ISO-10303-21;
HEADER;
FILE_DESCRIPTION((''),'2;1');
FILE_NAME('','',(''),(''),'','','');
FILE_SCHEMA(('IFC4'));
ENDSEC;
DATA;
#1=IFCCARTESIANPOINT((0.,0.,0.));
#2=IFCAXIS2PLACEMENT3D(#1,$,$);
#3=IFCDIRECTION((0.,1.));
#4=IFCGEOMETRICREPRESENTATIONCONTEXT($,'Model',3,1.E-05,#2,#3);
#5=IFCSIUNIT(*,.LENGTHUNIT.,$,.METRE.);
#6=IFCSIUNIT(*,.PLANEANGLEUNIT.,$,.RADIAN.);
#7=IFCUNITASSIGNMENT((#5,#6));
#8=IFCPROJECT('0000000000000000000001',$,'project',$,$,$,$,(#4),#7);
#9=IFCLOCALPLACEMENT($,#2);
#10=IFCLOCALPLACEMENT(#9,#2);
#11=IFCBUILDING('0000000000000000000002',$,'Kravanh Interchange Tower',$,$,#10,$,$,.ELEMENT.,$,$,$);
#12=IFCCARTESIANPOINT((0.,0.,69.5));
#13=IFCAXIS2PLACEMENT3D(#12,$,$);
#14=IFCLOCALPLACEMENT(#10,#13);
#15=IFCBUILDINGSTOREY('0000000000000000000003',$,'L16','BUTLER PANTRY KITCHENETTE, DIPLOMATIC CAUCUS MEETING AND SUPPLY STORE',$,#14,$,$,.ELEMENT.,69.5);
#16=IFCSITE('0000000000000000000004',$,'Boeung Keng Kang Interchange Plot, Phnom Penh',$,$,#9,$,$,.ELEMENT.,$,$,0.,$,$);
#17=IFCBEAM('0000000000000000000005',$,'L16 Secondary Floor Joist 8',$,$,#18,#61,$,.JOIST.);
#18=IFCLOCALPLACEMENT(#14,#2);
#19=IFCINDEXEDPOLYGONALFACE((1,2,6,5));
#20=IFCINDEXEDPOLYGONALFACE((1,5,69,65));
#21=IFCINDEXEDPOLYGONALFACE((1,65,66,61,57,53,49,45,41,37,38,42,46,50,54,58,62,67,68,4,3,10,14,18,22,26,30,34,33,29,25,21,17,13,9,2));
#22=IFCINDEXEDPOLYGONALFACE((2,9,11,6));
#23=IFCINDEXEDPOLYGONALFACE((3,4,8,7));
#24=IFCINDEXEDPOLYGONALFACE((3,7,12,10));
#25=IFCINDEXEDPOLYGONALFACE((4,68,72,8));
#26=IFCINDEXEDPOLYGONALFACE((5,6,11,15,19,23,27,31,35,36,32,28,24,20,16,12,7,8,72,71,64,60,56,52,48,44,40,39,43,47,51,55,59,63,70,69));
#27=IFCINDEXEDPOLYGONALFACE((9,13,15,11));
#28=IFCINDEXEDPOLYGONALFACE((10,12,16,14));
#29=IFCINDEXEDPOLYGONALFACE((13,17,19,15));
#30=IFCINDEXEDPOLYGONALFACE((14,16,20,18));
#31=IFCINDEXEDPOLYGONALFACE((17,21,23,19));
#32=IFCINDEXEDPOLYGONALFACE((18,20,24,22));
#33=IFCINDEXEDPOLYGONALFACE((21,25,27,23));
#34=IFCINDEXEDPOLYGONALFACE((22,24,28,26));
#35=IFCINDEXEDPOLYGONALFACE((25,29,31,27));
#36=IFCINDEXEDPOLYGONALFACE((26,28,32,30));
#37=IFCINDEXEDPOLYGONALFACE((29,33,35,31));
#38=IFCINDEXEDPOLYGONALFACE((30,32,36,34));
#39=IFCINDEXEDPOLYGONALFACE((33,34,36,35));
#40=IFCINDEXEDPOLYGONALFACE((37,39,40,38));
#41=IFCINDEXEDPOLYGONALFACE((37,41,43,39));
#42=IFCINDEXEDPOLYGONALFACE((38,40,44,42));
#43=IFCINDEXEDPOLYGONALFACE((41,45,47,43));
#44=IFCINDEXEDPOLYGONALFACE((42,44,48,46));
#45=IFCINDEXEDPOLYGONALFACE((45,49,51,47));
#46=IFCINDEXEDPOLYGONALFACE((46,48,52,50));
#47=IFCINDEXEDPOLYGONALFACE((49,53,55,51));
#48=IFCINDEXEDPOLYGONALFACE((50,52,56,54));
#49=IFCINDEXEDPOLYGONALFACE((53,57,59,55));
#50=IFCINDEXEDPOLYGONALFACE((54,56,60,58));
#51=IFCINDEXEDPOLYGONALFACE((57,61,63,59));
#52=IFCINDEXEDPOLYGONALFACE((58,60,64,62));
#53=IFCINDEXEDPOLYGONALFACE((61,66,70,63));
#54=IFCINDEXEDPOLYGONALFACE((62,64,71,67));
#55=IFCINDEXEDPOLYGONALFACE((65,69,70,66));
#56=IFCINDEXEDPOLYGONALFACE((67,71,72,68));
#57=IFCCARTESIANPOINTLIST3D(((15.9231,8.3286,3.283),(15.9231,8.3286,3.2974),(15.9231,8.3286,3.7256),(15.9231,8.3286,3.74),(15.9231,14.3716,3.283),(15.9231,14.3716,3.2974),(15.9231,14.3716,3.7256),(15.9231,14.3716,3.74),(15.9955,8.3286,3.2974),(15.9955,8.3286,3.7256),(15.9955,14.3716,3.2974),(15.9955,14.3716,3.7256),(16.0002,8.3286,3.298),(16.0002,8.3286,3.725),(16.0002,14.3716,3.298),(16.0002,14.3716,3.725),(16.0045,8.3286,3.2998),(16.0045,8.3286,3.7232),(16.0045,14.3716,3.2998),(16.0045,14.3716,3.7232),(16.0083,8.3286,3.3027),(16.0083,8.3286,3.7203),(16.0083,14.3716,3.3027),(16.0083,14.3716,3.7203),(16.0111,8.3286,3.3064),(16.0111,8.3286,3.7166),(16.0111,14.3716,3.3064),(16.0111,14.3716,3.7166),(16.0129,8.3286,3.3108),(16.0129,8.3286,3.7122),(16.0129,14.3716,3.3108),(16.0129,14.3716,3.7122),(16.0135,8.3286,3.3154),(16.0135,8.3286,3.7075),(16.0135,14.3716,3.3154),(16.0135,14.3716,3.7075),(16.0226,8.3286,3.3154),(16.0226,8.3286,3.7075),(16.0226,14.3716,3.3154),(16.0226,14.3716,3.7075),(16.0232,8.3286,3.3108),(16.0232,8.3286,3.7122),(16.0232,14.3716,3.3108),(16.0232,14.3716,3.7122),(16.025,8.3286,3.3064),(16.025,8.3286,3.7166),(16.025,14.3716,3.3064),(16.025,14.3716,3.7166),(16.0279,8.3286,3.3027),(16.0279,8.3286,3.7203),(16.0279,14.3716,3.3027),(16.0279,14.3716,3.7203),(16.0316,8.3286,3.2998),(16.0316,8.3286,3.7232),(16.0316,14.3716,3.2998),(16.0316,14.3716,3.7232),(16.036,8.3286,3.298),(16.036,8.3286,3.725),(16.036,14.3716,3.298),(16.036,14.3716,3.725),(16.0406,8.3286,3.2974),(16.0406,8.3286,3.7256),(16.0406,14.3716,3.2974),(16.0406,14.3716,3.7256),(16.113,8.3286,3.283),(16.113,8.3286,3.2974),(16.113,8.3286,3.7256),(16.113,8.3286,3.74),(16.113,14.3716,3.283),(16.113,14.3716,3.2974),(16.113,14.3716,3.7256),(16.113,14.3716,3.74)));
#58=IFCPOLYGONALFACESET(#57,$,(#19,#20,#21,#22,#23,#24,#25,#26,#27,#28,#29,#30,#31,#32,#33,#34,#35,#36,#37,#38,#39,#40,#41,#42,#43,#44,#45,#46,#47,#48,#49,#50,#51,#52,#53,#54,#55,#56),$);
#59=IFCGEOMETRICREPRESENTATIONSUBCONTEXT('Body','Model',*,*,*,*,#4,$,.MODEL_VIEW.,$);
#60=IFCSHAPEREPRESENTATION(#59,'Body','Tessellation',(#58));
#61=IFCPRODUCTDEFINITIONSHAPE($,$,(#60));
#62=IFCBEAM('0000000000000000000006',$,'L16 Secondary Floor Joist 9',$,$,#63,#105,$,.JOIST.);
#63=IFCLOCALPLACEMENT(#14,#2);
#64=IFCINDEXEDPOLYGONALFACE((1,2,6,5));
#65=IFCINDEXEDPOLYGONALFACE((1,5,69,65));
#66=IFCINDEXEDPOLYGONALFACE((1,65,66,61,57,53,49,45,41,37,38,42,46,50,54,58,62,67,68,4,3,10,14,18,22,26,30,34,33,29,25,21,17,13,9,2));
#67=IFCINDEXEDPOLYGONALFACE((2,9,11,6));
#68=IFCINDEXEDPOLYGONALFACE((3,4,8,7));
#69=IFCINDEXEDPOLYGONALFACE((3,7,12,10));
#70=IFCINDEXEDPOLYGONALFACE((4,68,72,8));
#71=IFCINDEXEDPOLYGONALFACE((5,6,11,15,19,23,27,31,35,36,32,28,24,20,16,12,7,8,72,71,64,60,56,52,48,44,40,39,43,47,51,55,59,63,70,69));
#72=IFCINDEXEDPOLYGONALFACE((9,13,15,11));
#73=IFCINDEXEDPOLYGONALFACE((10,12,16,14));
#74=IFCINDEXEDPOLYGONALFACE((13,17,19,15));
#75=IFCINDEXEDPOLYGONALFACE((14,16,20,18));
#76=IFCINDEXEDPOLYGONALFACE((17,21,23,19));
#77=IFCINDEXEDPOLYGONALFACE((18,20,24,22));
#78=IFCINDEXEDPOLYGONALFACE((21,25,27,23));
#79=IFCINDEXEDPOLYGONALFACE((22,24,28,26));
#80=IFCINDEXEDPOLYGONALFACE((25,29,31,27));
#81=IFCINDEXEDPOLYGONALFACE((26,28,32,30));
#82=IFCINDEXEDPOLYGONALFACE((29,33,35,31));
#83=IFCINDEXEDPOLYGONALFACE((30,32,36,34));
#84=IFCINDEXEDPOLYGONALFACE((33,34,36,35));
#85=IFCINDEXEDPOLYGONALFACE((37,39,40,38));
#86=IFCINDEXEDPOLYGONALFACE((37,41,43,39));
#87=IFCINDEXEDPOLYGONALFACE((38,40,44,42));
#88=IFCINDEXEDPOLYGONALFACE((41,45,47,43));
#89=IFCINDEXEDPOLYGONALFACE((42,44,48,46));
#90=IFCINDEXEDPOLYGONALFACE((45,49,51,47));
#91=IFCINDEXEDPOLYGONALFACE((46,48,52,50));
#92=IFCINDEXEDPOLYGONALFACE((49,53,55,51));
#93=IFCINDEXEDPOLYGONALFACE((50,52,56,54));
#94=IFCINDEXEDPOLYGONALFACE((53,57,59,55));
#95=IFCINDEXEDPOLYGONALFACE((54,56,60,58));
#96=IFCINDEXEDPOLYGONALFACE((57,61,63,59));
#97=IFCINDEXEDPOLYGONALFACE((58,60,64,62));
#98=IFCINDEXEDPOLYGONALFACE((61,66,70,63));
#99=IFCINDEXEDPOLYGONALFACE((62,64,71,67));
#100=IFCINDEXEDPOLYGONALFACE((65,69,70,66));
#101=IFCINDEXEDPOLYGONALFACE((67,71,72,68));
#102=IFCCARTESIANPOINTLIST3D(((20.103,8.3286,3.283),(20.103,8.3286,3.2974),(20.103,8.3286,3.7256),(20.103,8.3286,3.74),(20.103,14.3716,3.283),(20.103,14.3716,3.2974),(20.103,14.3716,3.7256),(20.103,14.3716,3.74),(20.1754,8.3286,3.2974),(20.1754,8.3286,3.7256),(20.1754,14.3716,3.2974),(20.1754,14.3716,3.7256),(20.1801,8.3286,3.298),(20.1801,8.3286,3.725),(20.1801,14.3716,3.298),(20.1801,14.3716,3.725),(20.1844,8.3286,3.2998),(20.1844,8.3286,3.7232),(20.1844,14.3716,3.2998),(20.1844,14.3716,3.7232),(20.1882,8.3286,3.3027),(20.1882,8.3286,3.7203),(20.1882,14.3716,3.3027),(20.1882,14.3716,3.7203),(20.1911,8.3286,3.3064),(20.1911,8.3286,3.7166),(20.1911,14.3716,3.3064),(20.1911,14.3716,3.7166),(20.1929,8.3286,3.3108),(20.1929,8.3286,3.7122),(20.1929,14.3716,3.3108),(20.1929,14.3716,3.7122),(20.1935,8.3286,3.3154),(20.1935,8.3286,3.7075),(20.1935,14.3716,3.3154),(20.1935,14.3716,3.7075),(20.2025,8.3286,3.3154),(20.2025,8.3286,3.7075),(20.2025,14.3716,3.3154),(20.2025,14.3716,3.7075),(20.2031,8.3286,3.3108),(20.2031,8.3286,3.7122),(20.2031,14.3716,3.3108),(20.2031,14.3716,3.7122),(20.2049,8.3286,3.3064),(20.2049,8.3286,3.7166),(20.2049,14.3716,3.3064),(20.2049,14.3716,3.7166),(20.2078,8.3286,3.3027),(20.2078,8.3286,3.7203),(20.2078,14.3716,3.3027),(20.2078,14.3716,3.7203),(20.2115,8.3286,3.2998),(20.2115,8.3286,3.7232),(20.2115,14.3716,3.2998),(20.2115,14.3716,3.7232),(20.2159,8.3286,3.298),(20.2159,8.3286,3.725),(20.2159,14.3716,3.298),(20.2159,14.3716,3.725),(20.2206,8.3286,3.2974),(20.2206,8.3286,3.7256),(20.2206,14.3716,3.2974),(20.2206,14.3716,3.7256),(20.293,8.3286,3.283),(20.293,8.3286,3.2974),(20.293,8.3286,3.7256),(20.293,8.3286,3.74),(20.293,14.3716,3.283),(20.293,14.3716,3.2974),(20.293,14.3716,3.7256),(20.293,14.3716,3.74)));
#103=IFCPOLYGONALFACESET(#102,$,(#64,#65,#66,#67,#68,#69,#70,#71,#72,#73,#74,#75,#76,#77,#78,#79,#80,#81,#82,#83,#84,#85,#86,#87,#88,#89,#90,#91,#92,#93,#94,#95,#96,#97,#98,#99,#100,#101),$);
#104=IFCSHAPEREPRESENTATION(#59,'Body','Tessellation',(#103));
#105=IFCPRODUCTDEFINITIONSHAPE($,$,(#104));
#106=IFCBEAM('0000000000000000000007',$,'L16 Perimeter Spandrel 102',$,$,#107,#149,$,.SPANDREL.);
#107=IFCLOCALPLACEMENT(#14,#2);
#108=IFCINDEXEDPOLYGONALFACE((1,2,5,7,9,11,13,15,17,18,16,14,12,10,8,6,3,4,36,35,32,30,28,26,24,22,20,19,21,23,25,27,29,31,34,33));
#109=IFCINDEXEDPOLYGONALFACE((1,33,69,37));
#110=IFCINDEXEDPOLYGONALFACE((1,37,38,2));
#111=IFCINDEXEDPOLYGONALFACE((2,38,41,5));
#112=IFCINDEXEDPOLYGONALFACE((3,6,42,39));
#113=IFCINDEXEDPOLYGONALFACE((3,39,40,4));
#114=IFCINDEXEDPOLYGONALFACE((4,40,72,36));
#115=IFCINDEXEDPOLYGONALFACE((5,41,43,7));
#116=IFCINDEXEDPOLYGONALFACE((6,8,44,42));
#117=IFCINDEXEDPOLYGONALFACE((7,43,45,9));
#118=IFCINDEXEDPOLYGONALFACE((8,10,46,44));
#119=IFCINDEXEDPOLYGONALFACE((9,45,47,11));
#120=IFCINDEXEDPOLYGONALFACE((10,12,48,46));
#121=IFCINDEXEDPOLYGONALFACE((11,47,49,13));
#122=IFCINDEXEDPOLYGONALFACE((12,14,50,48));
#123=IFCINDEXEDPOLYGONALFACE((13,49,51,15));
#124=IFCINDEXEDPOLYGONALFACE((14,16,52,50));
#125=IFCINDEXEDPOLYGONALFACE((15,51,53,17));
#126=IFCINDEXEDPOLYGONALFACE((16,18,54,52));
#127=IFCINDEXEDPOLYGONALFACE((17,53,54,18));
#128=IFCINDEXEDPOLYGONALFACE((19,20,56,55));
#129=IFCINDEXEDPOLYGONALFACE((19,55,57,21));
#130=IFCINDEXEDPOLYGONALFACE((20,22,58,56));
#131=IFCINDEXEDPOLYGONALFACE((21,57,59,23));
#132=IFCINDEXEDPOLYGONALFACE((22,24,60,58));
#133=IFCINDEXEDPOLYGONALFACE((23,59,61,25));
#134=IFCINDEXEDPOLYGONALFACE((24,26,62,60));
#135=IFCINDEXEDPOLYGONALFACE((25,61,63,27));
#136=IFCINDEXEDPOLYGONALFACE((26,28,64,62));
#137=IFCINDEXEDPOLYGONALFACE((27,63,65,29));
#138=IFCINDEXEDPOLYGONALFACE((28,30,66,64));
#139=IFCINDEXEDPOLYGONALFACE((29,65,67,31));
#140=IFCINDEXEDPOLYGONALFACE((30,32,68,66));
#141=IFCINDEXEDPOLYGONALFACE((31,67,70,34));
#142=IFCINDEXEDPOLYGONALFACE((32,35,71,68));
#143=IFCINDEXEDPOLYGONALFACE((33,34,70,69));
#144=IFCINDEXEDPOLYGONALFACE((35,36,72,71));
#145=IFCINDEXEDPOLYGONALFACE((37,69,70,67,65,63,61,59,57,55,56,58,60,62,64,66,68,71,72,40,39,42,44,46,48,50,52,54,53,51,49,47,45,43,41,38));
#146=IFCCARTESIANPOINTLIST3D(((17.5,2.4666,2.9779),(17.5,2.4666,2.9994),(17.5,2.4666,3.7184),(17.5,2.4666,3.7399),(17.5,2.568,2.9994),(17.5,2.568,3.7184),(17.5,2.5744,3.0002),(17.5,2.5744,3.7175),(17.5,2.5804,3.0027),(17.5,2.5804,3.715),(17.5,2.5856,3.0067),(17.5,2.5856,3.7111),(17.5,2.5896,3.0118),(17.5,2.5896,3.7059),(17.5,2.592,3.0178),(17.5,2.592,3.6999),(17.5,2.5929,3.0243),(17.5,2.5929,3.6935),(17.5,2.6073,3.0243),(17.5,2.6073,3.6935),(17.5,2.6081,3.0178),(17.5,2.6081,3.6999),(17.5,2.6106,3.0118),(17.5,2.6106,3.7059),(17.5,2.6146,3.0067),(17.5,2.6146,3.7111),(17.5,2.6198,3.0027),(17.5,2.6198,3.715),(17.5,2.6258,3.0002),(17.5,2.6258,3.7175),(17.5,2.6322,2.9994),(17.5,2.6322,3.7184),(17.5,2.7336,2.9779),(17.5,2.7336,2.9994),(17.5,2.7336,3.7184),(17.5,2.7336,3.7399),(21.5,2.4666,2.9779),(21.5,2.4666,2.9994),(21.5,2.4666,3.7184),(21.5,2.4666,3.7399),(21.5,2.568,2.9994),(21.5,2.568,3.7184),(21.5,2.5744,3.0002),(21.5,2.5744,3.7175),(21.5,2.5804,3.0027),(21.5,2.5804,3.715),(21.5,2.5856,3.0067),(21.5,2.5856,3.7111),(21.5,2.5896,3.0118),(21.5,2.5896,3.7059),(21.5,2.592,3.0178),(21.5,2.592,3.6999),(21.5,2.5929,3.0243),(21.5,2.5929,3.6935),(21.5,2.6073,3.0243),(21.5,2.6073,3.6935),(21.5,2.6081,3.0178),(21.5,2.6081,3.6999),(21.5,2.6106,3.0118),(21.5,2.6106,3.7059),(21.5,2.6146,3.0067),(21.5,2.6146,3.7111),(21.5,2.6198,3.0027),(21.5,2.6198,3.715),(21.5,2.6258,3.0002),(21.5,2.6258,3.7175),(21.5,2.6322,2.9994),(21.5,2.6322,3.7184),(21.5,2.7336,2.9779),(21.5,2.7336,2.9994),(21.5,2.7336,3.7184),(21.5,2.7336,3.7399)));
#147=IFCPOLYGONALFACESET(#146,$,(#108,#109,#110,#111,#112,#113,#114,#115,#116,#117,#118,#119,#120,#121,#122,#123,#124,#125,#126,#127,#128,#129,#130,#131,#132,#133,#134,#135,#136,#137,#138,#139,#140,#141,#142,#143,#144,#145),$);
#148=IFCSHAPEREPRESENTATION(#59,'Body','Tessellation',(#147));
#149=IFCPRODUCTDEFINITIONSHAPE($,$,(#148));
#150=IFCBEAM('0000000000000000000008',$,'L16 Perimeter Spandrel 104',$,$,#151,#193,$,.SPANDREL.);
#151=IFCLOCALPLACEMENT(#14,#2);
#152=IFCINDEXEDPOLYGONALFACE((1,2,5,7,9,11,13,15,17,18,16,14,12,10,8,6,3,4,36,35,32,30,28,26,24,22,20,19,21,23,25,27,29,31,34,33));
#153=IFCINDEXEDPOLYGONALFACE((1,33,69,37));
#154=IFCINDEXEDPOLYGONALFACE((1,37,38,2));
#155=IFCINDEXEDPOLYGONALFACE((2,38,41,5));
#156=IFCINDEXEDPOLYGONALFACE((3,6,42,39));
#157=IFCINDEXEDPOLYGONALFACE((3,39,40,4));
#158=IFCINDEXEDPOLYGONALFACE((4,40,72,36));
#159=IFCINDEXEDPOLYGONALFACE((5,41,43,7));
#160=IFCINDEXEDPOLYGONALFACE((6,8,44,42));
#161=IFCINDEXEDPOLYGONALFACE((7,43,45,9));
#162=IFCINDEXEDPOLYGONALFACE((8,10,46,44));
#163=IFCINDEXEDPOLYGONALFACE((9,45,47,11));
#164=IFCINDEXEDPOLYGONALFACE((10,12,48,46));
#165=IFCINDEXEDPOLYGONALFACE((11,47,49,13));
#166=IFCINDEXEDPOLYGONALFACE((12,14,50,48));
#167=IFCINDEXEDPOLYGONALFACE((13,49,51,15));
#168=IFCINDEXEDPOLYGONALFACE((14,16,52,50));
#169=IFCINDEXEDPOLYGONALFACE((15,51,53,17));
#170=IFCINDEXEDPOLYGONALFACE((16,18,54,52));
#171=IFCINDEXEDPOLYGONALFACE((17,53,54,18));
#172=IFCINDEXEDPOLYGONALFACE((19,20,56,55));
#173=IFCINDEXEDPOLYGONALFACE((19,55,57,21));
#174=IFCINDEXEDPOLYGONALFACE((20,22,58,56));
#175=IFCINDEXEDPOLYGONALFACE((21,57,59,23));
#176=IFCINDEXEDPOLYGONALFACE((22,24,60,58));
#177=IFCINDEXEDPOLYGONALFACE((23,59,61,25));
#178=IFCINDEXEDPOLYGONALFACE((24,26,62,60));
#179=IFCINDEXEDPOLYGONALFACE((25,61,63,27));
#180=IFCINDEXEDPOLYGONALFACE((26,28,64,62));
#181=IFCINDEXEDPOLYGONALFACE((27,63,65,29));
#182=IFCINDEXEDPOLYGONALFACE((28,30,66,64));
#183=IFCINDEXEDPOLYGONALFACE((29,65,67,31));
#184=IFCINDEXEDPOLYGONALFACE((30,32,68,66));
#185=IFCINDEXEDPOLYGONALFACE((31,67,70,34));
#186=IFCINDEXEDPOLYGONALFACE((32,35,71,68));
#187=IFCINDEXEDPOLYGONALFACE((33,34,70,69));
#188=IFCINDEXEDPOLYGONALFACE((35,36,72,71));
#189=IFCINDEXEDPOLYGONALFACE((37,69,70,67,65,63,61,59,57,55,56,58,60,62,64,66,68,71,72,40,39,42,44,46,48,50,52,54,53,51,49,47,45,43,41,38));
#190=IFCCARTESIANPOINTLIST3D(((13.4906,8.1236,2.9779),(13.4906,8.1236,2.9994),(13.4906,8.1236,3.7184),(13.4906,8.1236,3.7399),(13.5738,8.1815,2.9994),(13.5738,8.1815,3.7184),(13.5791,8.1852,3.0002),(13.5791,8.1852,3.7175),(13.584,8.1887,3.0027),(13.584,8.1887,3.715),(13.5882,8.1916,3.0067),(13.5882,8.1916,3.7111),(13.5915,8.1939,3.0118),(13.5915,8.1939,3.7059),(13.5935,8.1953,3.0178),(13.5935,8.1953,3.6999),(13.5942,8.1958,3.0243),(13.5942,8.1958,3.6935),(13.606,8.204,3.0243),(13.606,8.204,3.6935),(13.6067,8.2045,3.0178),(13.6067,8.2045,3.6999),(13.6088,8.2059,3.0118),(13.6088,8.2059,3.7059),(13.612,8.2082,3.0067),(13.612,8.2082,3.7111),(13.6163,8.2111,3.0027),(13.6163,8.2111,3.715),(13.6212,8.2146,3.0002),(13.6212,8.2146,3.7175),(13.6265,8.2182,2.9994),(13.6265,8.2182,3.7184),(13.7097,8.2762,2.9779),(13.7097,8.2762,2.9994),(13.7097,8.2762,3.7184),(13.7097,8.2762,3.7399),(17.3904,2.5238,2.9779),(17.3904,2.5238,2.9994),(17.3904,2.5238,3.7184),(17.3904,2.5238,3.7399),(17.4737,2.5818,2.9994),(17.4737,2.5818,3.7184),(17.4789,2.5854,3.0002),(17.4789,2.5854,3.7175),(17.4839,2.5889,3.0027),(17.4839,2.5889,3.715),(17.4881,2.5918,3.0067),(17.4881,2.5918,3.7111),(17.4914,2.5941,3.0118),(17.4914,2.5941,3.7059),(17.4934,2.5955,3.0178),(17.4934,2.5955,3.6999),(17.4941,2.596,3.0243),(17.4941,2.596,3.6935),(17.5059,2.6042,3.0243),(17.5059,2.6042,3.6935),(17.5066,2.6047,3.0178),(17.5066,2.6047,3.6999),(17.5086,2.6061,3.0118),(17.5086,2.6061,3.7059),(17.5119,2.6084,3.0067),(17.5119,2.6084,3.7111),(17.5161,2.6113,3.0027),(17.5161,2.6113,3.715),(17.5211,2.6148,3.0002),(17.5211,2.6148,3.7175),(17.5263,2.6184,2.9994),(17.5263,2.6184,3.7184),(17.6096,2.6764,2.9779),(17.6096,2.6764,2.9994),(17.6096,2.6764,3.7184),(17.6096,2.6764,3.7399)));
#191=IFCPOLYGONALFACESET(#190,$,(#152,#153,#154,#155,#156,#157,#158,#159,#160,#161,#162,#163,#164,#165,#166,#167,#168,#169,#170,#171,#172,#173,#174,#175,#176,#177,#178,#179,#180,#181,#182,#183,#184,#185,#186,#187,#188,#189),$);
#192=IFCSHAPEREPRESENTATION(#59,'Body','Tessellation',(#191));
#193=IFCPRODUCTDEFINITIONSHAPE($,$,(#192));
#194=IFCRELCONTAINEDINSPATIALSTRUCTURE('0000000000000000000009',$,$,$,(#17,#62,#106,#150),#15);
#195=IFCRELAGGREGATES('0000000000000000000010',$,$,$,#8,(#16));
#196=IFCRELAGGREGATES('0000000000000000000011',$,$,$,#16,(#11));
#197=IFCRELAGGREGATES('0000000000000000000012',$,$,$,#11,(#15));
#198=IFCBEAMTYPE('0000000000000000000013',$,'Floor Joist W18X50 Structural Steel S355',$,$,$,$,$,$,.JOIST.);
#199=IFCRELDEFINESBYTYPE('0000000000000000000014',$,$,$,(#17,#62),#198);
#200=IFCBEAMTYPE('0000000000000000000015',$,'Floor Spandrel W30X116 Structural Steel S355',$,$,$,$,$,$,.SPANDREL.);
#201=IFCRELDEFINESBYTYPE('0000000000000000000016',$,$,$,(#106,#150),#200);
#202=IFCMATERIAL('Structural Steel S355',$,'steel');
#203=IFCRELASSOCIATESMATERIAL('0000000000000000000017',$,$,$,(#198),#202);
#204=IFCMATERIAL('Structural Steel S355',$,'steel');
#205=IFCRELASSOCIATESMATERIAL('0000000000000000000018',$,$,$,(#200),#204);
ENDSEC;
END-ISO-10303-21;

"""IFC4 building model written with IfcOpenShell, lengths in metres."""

from ifc_helpers import new_model, si_unit, direction, frame, origin, origin_2d, place, context, subcontext, project, spatial, i_section, extrude, material, material_profile, profile_set, type_object, element, save


model = new_model("IFC4")

# Units and contexts
model_context = context("Model", 3, precision=1e-05, world=origin(), true_north=direction((0.0, 1.0)))
body_context = subcontext(model_context, "Body", "Model", "MODEL_VIEW")
ifc_project = project(units=[si_unit("LENGTHUNIT", "METRE"), si_unit("PLANEANGLEUNIT", "RADIAN")], contexts=[model_context])

# Site, building, storey
site_placement = place(None, origin())
site = spatial("IfcSite", under=ifc_project, at=site_placement, Name="Boeung Keng Kang Interchange Plot, Phnom Penh", CompositionType="ELEMENT", RefElevation=0.0)
building_placement = place(site_placement, origin())
building = spatial("IfcBuilding", under=site, at=building_placement, Name="Kravanh Interchange Tower", CompositionType="ELEMENT")
storey_placement = place(building_placement, frame((0.0, 0.0, 69.5)))
storey = spatial("IfcBuildingStorey", under=building, at=storey_placement, Name="L16", Description="BUTLER PANTRY KITCHENETTE, DIPLOMATIC CAUCUS MEETING AND SUPPLY STORE", CompositionType="ELEMENT", Elevation=69.5)

# Beams
ifc_material_1 = material(Name="Structural Steel S355", Category="steel")
ifc_material_profile_1 = material_profile(ifc_material_1, i_section(OverallWidth=0.1899, OverallDepth=0.457, WebThickness=0.009, FlangeThickness=0.0144, FilletRadius=0.0181, at=origin_2d()), Name="W18X50")
ifc_profile_set_1 = profile_set([ifc_material_profile_1], Name="Structural Steel S355")
beam_type_1 = type_object("IfcBeamType", Name="Floor Joist W18X50 Structural Steel S355", PredefinedType="JOIST", material=ifc_profile_set_1)
for number, where, z_axis, x_axis, name in (
    (1, (16.0181, 8.3286, 3.5115), (0.0, 1.0, 0.0), (-1.0, 0.0, 0.0), "L16 Secondary Floor Joist 8"),
    (2, (20.198, 8.3286, 3.5115), (0.0, 1.0, 0.0), (-1.0, 0.0, 0.0), "L16 Secondary Floor Joist 9"),
):
    element("IfcBeam", number, at=place(storey_placement, frame(where, z_axis=z_axis, x_axis=x_axis)), inside=storey, type_object=beam_type_1, Name=name, PredefinedType="JOIST", context=body_context, shape_type="SweptSolid", body=[
        extrude(i_section(OverallWidth=0.1899, OverallDepth=0.457, WebThickness=0.009, FlangeThickness=0.0144, FilletRadius=0.0181, at=origin_2d()), origin(), (0.0, 0.0, 1.0), 6.043),
    ])
ifc_material_2 = material(Name="Structural Steel S355", Category="steel")
ifc_material_profile_2 = material_profile(ifc_material_2, i_section(OverallWidth=0.2671, OverallDepth=0.762, WebThickness=0.0144, FlangeThickness=0.0215, FilletRadius=0.0249, at=origin_2d()), Name="W30X116")
ifc_profile_set_2 = profile_set([ifc_material_profile_2], Name="Structural Steel S355")
beam_type_2 = type_object("IfcBeamType", Name="Floor Spandrel W30X116 Structural Steel S355", PredefinedType="SPANDREL", material=ifc_profile_set_2)
beam_1_placement = place(storey_placement, frame((17.5, 2.6001, 3.3589), z_axis=(1.0, 0.0, 0.0), x_axis=(0.0, 1.0, 0.0)))
element("IfcBeam", 3, at=beam_1_placement, inside=storey, type_object=beam_type_2, Name="L16 Perimeter Spandrel 102", PredefinedType="SPANDREL", context=body_context, shape_type="SweptSolid", body=[
    extrude(i_section(OverallWidth=0.2671, OverallDepth=0.762, WebThickness=0.0144, FlangeThickness=0.0215, FilletRadius=0.0249, at=origin_2d()), origin(), (0.0, 0.0, 1.0), 4.0),
])
beam_2_placement = place(storey_placement, frame((17.5, 2.6001, 3.3589), z_axis=(-0.571494, 0.820606, 0.0), x_axis=(-0.820606, -0.571494, 0.0)))
element("IfcBeam", 4, at=beam_2_placement, inside=storey, type_object=beam_type_2, Name="L16 Perimeter Spandrel 104", PredefinedType="SPANDREL", context=body_context, shape_type="SweptSolid", body=[
    extrude(i_section(OverallWidth=0.2671, OverallDepth=0.762, WebThickness=0.0144, FlangeThickness=0.0215, FilletRadius=0.0249, at=origin_2d()), origin(), (0.0, 0.0, 1.0), 6.824),
])

save(model, "model.ifc")
